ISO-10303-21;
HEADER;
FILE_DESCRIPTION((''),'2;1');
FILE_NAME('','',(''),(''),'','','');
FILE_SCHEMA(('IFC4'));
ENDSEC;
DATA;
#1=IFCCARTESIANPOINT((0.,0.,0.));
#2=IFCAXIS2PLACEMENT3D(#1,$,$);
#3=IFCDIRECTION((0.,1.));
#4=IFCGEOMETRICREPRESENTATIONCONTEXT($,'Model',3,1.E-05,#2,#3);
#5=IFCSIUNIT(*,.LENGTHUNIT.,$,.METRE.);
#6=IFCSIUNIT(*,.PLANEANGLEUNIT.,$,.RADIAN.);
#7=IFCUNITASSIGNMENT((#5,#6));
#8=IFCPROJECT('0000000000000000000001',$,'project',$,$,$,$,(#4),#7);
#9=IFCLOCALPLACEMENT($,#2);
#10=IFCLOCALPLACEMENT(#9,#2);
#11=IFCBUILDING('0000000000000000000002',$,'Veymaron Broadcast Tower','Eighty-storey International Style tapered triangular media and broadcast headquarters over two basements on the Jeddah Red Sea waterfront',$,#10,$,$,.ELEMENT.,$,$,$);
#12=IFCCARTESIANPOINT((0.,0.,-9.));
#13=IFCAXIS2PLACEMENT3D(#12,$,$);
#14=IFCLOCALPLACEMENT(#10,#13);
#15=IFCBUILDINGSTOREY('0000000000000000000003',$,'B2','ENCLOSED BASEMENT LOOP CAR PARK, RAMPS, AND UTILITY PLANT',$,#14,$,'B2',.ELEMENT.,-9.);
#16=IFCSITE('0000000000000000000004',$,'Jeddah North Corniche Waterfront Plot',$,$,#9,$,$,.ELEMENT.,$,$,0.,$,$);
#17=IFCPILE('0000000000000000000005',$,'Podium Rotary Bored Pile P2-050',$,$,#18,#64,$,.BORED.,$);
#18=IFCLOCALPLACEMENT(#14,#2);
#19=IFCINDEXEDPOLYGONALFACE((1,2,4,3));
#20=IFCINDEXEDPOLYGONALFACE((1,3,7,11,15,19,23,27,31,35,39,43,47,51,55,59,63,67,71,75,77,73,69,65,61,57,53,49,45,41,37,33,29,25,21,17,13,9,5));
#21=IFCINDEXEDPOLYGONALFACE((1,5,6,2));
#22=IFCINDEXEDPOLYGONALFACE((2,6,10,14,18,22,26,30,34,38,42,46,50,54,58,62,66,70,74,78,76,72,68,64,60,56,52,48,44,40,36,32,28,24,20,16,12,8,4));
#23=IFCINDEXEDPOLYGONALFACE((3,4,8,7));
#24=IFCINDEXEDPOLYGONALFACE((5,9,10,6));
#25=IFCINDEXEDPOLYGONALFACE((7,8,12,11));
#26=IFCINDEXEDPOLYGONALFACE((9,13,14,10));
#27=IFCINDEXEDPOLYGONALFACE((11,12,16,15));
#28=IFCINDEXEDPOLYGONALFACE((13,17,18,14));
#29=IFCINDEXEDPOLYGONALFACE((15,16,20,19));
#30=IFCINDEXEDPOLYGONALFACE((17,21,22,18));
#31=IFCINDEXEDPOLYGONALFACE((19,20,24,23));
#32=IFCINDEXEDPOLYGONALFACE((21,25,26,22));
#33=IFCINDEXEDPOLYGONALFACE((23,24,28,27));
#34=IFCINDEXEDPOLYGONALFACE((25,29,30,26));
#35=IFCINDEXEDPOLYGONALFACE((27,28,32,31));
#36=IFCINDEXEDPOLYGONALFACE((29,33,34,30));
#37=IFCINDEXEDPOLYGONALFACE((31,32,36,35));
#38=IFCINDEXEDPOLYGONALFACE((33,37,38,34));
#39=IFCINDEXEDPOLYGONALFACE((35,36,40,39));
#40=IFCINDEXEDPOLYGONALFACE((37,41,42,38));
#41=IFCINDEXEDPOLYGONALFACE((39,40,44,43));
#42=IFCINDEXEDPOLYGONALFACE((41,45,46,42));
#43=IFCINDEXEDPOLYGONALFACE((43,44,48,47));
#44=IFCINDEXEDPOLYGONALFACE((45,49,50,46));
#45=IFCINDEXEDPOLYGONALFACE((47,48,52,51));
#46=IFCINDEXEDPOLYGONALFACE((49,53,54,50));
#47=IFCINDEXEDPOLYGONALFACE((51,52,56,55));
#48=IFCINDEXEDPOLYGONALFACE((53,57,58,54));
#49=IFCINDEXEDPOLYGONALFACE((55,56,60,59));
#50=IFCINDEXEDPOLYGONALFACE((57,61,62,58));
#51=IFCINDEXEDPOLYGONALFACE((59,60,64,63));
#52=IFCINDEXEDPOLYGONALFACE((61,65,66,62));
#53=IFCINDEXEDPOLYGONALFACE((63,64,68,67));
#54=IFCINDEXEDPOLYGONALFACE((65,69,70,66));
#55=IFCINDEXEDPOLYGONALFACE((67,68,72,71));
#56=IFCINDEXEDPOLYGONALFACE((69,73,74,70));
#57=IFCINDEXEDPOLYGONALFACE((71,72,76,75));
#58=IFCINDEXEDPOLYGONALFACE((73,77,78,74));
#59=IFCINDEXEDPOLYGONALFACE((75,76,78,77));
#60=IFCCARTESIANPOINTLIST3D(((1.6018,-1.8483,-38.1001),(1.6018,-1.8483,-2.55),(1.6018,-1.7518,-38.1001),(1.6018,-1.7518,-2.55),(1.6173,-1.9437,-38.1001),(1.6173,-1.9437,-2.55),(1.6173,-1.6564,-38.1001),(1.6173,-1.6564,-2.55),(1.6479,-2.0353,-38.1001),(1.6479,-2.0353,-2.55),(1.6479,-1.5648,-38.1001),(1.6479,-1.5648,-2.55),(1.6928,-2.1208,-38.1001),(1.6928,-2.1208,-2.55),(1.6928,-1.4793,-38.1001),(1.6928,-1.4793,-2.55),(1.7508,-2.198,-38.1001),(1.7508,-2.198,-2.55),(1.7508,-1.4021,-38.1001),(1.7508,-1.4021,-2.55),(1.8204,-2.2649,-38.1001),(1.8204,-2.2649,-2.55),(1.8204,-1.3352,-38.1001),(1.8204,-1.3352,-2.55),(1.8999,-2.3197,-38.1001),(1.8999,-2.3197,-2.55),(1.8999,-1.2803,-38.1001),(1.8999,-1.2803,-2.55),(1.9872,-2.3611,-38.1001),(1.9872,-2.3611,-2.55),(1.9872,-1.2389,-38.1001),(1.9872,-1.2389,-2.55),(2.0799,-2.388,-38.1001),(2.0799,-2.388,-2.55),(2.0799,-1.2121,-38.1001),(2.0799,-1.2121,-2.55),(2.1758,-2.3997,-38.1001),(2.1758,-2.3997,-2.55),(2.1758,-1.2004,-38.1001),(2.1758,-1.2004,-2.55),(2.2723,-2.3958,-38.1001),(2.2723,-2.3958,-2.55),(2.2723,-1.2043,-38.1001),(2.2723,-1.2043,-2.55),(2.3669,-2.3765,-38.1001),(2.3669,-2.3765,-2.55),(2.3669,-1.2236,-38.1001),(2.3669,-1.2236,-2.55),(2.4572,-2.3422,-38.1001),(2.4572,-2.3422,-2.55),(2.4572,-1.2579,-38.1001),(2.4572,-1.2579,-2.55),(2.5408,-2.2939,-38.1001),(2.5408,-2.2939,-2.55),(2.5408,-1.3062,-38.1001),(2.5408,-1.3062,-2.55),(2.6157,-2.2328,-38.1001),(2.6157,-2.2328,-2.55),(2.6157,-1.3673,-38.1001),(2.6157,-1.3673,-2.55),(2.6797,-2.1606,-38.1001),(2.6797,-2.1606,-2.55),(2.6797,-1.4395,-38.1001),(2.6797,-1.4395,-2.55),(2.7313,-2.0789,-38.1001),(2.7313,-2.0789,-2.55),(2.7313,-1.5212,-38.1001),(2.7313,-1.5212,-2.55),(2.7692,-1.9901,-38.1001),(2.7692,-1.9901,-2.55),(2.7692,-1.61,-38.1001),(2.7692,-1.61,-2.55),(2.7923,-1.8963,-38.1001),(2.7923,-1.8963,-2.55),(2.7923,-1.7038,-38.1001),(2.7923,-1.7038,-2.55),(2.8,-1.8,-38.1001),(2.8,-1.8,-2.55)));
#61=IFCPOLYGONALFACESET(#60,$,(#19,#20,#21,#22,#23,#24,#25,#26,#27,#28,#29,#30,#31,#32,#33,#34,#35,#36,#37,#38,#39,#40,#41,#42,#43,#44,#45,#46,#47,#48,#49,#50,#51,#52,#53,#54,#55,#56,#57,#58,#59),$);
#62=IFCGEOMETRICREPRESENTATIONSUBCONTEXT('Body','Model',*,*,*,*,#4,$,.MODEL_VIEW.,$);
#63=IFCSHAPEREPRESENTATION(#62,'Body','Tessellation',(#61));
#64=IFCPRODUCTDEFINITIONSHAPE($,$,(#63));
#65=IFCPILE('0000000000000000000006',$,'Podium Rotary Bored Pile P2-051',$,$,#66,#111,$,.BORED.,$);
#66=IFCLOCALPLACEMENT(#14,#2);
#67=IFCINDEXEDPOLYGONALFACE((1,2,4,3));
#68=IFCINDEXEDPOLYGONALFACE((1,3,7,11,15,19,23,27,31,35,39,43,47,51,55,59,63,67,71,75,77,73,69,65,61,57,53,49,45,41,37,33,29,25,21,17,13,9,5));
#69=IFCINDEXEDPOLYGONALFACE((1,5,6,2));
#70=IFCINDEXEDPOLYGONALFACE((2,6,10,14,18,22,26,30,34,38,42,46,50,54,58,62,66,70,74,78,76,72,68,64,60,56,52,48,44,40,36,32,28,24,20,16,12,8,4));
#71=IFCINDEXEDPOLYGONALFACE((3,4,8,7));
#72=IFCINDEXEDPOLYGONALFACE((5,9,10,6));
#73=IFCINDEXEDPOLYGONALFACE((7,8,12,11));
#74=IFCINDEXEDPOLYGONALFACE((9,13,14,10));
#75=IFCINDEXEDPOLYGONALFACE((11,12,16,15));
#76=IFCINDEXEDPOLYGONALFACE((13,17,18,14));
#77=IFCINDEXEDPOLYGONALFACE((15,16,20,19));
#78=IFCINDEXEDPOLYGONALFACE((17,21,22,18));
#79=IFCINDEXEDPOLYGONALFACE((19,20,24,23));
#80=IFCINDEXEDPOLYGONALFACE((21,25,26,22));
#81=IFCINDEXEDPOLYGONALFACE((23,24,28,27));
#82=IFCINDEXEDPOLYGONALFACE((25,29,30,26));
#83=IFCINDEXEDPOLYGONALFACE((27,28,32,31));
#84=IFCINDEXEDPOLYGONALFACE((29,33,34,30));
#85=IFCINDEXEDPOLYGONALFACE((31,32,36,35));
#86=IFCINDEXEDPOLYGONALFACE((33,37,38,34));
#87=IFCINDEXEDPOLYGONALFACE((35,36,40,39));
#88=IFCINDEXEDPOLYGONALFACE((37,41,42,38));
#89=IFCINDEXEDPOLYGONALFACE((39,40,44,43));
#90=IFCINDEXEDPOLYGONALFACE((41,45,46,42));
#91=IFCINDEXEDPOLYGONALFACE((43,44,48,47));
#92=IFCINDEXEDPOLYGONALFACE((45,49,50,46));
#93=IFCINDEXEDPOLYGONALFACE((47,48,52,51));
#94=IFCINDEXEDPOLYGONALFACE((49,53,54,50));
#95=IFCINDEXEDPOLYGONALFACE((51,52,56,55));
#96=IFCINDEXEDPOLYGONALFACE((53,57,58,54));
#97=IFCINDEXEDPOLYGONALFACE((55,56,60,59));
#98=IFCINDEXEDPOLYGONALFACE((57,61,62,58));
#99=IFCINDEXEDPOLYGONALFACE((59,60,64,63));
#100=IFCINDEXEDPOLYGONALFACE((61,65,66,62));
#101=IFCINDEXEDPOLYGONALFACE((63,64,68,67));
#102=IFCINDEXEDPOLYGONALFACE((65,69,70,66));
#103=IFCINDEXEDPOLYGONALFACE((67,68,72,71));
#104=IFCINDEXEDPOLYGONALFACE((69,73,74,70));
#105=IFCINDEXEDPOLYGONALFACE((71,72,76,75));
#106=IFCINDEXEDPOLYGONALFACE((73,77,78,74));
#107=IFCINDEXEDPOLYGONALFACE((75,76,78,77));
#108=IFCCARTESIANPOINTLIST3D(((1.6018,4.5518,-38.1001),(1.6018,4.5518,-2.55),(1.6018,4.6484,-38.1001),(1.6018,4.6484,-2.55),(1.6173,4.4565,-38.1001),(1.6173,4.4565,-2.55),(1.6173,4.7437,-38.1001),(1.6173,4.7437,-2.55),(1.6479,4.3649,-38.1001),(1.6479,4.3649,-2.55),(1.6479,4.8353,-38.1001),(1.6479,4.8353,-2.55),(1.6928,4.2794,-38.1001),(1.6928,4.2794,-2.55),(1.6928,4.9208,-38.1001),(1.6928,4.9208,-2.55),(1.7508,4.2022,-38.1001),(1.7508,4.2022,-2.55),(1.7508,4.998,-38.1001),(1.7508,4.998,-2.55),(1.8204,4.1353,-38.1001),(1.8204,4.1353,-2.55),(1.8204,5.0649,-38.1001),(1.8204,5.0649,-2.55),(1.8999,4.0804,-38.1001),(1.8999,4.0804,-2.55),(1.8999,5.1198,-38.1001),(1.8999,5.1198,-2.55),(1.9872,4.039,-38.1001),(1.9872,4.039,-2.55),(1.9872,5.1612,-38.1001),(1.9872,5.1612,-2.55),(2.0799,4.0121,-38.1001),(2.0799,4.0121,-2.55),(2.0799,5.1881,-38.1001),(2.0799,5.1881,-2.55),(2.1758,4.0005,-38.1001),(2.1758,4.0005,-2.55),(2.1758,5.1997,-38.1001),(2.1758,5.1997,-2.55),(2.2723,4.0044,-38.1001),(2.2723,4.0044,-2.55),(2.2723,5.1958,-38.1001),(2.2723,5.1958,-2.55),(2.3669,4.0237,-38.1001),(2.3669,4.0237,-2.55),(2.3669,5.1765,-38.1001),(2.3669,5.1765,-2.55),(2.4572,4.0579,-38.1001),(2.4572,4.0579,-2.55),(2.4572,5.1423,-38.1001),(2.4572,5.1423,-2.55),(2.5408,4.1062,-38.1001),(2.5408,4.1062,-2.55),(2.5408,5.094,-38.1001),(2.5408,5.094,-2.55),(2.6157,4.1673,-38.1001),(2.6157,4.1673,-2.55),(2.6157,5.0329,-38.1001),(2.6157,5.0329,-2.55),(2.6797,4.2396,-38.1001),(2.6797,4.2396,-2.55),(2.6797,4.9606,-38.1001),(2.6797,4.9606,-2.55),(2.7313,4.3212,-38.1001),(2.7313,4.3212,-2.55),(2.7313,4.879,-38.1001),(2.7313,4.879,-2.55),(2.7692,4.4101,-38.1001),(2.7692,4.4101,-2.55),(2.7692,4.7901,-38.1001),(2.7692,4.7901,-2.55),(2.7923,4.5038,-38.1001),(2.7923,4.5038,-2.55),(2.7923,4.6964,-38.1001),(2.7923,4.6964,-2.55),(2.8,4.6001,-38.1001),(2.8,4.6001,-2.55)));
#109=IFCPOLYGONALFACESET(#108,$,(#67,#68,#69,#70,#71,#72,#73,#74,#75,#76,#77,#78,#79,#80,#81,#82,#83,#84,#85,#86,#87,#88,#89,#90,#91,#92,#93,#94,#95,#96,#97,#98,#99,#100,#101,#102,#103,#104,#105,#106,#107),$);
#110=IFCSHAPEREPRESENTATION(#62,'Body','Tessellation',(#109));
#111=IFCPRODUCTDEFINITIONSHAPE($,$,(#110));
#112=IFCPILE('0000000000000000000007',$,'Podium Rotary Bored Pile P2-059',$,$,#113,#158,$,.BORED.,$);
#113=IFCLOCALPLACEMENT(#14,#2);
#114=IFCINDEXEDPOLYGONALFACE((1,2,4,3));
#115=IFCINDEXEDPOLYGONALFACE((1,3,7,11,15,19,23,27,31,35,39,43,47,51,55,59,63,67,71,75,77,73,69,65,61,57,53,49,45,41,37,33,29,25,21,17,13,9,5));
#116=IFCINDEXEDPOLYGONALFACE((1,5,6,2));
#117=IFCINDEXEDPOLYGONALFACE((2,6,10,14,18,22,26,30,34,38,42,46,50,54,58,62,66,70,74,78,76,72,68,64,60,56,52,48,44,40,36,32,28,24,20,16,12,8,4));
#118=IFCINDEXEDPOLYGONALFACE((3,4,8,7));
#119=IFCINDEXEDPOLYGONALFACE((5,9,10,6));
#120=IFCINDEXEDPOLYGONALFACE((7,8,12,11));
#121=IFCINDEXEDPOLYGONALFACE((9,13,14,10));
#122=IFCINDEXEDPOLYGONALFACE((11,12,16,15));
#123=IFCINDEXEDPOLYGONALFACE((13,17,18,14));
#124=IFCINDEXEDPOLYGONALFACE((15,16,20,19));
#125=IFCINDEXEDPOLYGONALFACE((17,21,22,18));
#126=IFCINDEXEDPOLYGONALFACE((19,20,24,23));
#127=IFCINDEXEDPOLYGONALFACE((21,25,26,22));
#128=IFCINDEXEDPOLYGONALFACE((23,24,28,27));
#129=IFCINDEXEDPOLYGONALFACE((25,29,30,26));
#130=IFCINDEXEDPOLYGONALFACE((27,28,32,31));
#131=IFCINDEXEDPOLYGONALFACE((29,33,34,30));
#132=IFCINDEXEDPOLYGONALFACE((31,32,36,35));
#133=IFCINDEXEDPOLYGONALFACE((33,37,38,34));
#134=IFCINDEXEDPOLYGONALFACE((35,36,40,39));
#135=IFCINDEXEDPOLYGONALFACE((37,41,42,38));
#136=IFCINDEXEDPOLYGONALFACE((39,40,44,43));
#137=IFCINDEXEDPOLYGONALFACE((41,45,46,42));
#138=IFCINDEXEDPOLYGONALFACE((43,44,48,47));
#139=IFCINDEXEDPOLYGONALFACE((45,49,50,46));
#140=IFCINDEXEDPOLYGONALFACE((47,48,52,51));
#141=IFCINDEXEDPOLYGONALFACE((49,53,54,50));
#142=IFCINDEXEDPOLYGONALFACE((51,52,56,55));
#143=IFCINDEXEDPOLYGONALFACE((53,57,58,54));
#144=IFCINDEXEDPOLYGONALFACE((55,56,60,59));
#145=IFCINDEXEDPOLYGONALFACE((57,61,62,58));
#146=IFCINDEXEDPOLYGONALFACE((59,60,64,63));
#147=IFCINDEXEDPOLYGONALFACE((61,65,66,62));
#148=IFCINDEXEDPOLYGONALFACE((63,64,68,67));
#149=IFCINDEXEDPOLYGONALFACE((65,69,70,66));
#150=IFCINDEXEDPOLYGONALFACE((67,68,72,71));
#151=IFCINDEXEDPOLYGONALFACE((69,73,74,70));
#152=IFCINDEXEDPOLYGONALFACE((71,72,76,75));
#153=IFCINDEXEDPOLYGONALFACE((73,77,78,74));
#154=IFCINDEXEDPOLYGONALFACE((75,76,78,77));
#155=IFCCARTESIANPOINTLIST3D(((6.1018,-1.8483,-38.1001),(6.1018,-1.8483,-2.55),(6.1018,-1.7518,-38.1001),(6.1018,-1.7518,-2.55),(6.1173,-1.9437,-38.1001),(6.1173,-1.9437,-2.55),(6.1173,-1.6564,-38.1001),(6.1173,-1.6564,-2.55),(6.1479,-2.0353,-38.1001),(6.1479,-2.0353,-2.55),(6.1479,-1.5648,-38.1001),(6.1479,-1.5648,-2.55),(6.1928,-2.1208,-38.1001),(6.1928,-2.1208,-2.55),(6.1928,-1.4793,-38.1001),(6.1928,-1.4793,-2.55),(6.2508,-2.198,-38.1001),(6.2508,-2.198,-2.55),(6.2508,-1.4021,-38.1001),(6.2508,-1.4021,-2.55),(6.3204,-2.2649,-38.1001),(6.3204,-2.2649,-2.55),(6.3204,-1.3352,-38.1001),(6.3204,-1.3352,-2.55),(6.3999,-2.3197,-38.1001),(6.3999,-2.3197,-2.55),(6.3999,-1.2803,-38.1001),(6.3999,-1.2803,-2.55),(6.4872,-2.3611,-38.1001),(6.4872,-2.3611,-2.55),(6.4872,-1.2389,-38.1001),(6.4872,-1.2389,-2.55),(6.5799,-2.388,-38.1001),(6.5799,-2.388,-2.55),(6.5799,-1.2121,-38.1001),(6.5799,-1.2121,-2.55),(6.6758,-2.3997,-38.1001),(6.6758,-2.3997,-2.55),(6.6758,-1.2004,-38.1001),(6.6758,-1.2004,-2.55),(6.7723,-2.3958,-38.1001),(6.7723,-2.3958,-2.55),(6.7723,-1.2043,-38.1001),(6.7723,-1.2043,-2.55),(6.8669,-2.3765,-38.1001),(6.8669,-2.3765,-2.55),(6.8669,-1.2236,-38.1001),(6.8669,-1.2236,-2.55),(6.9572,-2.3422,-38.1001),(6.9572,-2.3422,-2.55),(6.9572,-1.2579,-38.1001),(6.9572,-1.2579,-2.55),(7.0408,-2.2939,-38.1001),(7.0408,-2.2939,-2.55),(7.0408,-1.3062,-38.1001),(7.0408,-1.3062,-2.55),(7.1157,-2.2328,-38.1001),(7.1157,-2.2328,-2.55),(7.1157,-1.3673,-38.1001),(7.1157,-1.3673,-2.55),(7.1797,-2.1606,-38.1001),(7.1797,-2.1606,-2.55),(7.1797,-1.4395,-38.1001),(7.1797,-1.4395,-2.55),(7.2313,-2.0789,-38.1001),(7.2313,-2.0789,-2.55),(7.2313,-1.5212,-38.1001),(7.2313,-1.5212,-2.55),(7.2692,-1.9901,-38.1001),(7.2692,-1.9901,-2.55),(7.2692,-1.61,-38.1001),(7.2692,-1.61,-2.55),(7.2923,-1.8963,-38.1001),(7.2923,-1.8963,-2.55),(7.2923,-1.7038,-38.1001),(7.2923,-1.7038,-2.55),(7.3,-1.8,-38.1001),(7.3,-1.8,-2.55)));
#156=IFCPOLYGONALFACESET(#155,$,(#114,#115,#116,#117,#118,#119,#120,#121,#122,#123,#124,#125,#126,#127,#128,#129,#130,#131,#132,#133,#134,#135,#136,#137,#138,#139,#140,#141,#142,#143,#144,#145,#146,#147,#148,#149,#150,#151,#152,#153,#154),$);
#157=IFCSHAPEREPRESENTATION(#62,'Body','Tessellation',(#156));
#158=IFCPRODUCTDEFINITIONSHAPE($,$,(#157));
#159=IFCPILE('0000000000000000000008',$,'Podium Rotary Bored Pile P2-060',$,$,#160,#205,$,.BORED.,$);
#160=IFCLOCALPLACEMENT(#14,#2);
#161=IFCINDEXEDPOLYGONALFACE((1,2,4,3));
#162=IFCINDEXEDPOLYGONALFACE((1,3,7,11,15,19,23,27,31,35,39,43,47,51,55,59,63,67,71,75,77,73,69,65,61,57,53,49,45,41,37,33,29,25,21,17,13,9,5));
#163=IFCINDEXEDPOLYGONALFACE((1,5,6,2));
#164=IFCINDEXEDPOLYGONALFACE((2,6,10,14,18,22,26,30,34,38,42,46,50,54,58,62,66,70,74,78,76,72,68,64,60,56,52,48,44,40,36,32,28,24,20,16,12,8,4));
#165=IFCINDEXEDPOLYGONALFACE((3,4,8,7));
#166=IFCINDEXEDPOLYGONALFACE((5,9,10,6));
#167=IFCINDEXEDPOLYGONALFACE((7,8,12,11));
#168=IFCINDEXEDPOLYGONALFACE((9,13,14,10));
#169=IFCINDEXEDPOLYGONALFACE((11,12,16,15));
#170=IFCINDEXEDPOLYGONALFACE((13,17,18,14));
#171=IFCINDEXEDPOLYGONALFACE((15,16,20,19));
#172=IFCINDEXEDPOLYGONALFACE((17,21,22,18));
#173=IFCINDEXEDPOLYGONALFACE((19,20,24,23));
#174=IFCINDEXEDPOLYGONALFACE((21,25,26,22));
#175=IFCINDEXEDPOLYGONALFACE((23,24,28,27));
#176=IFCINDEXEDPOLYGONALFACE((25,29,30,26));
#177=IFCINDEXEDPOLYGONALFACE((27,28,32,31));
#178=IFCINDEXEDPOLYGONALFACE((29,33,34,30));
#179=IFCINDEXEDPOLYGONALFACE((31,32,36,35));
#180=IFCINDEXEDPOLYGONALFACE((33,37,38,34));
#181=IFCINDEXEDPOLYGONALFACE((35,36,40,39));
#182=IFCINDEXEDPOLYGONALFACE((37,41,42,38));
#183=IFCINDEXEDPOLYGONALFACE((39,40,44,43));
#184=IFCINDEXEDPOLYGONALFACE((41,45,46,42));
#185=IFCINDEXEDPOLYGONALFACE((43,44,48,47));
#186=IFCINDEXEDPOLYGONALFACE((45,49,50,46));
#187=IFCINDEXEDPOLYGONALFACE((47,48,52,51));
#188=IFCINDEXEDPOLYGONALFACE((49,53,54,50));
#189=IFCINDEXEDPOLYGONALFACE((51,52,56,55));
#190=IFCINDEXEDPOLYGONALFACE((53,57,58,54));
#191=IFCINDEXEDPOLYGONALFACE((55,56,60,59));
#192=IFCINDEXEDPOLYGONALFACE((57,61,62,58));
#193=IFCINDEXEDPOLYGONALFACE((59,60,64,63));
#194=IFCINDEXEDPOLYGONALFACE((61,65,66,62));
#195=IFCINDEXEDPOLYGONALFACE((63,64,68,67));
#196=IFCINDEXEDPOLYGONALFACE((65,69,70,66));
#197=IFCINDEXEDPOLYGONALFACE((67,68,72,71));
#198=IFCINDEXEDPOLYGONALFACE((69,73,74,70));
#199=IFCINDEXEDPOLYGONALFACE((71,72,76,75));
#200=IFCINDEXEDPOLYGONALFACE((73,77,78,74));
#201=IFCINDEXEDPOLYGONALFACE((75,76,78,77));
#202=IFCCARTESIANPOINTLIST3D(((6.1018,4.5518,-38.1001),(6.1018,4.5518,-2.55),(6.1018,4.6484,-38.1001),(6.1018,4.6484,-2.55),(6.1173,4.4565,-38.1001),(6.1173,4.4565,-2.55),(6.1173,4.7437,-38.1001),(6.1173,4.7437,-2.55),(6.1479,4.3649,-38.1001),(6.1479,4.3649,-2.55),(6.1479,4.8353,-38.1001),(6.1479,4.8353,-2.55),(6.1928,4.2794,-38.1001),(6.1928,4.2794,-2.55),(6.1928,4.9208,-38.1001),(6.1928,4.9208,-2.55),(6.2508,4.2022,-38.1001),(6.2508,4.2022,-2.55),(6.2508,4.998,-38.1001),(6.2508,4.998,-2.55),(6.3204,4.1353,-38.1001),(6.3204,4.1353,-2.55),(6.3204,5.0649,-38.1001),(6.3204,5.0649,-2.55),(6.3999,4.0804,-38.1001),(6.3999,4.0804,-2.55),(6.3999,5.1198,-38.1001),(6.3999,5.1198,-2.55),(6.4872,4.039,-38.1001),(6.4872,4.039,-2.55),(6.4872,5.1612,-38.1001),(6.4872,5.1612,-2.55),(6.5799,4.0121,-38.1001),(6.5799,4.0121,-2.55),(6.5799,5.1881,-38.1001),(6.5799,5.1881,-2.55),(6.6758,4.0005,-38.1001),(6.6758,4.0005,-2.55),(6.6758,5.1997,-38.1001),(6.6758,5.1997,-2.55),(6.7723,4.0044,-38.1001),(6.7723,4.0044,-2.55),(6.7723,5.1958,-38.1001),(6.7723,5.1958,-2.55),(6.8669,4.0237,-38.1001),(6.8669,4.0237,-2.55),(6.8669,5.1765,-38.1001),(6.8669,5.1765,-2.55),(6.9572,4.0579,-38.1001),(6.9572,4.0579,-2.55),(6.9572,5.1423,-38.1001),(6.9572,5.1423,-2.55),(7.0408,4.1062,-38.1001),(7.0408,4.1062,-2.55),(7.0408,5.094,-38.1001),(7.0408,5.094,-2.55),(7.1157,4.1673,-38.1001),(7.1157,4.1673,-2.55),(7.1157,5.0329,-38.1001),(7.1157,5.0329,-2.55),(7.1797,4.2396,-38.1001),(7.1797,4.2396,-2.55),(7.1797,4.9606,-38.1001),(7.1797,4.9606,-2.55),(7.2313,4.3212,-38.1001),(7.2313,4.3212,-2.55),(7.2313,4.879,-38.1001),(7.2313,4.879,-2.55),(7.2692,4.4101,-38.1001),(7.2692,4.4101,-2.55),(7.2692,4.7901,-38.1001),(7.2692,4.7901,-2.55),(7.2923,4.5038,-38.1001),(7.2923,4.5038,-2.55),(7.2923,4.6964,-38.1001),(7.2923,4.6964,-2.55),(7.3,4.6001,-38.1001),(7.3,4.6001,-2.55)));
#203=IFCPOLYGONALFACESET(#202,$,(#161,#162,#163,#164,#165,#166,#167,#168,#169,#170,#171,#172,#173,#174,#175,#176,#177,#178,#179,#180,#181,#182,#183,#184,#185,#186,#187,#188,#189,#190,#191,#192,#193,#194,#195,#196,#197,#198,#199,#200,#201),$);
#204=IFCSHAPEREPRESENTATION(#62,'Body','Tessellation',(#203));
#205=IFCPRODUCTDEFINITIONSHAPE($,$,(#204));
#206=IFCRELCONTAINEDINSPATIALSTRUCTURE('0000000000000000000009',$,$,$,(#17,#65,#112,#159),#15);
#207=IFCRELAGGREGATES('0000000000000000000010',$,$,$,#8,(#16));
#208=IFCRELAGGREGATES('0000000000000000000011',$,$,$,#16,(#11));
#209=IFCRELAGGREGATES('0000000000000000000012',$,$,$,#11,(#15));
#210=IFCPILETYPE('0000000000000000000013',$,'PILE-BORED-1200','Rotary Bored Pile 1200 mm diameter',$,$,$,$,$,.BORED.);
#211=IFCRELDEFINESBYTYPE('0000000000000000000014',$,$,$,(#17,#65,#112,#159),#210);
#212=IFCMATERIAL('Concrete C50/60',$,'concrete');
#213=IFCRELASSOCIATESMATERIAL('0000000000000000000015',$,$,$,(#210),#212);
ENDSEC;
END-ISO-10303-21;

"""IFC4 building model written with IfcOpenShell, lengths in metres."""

from ifc_helpers import new_model, si_unit, direction, frame, origin, origin_2d, place, context, subcontext, project, spatial, circle, extrude, material, material_profile, profile_set, type_object, element, save


model = new_model("IFC4")

# Units and contexts
model_context = context("Model", 3, precision=1e-05, world=origin(), true_north=direction((0.0, 1.0)))
body_context = subcontext(model_context, "Body", "Model", "MODEL_VIEW")
ifc_project = project(units=[si_unit("LENGTHUNIT", "METRE"), si_unit("PLANEANGLEUNIT", "RADIAN")], contexts=[model_context])

# Site, building, storey
site_placement = place(None, origin())
site = spatial("IfcSite", under=ifc_project, at=site_placement, Name="Jeddah North Corniche Waterfront Plot", CompositionType="ELEMENT", RefElevation=0.0)
building_placement = place(site_placement, origin())
building = spatial("IfcBuilding", under=site, at=building_placement, Name="Veymaron Broadcast Tower", Description="Eighty-storey International Style tapered triangular media and broadcast headquarters over two basements on the Jeddah Red Sea waterfront", CompositionType="ELEMENT")
storey_placement = place(building_placement, frame((0.0, 0.0, -9.0)))
storey = spatial("IfcBuildingStorey", under=building, at=storey_placement, Name="B2", Description="ENCLOSED BASEMENT LOOP CAR PARK, RAMPS, AND UTILITY PLANT", LongName="B2", CompositionType="ELEMENT", Elevation=-9.0)

# Piles
ifc_material_1 = material(Name="Concrete C50/60", Category="concrete")
ifc_material_profile_1 = material_profile(ifc_material_1, circle(Radius=0.6001, at=origin_2d()), Name="PILE1200")
ifc_profile_set_1 = profile_set([ifc_material_profile_1], Name="Concrete C50/60")
pile_type = type_object("IfcPileType", Name="PILE-BORED-1200", Description="Rotary Bored Pile 1200 mm diameter", PredefinedType="BORED", material=ifc_profile_set_1)
for number, where, z_axis, x_axis, name in (
    (1, (2.2, -1.8, -2.55), (0.0, 0.0, -1.0), (1.0, 0.0, 0.0), "Podium Rotary Bored Pile P2-050"),
    (2, (2.2, 4.6001, -2.55), (0.0, 0.0, -1.0), (1.0, 0.0, 0.0), "Podium Rotary Bored Pile P2-051"),
    (3, (6.7, -1.8, -2.55), (0.0, 0.0, -1.0), (1.0, 0.0, 0.0), "Podium Rotary Bored Pile P2-059"),
    (4, (6.7, 4.6001, -2.55), (0.0, 0.0, -1.0), (1.0, 0.0, 0.0), "Podium Rotary Bored Pile P2-060"),
):
    element("IfcPile", number, at=place(storey_placement, frame(where, z_axis=z_axis, x_axis=x_axis)), inside=storey, type_object=pile_type, Name=name, PredefinedType="BORED", context=body_context, shape_type="SweptSolid", body=[
        extrude(circle(Radius=0.6001, at=origin_2d()), origin(), (0.0, 0.0, 1.0), 35.55),
    ])

save(model, "model.ifc")
